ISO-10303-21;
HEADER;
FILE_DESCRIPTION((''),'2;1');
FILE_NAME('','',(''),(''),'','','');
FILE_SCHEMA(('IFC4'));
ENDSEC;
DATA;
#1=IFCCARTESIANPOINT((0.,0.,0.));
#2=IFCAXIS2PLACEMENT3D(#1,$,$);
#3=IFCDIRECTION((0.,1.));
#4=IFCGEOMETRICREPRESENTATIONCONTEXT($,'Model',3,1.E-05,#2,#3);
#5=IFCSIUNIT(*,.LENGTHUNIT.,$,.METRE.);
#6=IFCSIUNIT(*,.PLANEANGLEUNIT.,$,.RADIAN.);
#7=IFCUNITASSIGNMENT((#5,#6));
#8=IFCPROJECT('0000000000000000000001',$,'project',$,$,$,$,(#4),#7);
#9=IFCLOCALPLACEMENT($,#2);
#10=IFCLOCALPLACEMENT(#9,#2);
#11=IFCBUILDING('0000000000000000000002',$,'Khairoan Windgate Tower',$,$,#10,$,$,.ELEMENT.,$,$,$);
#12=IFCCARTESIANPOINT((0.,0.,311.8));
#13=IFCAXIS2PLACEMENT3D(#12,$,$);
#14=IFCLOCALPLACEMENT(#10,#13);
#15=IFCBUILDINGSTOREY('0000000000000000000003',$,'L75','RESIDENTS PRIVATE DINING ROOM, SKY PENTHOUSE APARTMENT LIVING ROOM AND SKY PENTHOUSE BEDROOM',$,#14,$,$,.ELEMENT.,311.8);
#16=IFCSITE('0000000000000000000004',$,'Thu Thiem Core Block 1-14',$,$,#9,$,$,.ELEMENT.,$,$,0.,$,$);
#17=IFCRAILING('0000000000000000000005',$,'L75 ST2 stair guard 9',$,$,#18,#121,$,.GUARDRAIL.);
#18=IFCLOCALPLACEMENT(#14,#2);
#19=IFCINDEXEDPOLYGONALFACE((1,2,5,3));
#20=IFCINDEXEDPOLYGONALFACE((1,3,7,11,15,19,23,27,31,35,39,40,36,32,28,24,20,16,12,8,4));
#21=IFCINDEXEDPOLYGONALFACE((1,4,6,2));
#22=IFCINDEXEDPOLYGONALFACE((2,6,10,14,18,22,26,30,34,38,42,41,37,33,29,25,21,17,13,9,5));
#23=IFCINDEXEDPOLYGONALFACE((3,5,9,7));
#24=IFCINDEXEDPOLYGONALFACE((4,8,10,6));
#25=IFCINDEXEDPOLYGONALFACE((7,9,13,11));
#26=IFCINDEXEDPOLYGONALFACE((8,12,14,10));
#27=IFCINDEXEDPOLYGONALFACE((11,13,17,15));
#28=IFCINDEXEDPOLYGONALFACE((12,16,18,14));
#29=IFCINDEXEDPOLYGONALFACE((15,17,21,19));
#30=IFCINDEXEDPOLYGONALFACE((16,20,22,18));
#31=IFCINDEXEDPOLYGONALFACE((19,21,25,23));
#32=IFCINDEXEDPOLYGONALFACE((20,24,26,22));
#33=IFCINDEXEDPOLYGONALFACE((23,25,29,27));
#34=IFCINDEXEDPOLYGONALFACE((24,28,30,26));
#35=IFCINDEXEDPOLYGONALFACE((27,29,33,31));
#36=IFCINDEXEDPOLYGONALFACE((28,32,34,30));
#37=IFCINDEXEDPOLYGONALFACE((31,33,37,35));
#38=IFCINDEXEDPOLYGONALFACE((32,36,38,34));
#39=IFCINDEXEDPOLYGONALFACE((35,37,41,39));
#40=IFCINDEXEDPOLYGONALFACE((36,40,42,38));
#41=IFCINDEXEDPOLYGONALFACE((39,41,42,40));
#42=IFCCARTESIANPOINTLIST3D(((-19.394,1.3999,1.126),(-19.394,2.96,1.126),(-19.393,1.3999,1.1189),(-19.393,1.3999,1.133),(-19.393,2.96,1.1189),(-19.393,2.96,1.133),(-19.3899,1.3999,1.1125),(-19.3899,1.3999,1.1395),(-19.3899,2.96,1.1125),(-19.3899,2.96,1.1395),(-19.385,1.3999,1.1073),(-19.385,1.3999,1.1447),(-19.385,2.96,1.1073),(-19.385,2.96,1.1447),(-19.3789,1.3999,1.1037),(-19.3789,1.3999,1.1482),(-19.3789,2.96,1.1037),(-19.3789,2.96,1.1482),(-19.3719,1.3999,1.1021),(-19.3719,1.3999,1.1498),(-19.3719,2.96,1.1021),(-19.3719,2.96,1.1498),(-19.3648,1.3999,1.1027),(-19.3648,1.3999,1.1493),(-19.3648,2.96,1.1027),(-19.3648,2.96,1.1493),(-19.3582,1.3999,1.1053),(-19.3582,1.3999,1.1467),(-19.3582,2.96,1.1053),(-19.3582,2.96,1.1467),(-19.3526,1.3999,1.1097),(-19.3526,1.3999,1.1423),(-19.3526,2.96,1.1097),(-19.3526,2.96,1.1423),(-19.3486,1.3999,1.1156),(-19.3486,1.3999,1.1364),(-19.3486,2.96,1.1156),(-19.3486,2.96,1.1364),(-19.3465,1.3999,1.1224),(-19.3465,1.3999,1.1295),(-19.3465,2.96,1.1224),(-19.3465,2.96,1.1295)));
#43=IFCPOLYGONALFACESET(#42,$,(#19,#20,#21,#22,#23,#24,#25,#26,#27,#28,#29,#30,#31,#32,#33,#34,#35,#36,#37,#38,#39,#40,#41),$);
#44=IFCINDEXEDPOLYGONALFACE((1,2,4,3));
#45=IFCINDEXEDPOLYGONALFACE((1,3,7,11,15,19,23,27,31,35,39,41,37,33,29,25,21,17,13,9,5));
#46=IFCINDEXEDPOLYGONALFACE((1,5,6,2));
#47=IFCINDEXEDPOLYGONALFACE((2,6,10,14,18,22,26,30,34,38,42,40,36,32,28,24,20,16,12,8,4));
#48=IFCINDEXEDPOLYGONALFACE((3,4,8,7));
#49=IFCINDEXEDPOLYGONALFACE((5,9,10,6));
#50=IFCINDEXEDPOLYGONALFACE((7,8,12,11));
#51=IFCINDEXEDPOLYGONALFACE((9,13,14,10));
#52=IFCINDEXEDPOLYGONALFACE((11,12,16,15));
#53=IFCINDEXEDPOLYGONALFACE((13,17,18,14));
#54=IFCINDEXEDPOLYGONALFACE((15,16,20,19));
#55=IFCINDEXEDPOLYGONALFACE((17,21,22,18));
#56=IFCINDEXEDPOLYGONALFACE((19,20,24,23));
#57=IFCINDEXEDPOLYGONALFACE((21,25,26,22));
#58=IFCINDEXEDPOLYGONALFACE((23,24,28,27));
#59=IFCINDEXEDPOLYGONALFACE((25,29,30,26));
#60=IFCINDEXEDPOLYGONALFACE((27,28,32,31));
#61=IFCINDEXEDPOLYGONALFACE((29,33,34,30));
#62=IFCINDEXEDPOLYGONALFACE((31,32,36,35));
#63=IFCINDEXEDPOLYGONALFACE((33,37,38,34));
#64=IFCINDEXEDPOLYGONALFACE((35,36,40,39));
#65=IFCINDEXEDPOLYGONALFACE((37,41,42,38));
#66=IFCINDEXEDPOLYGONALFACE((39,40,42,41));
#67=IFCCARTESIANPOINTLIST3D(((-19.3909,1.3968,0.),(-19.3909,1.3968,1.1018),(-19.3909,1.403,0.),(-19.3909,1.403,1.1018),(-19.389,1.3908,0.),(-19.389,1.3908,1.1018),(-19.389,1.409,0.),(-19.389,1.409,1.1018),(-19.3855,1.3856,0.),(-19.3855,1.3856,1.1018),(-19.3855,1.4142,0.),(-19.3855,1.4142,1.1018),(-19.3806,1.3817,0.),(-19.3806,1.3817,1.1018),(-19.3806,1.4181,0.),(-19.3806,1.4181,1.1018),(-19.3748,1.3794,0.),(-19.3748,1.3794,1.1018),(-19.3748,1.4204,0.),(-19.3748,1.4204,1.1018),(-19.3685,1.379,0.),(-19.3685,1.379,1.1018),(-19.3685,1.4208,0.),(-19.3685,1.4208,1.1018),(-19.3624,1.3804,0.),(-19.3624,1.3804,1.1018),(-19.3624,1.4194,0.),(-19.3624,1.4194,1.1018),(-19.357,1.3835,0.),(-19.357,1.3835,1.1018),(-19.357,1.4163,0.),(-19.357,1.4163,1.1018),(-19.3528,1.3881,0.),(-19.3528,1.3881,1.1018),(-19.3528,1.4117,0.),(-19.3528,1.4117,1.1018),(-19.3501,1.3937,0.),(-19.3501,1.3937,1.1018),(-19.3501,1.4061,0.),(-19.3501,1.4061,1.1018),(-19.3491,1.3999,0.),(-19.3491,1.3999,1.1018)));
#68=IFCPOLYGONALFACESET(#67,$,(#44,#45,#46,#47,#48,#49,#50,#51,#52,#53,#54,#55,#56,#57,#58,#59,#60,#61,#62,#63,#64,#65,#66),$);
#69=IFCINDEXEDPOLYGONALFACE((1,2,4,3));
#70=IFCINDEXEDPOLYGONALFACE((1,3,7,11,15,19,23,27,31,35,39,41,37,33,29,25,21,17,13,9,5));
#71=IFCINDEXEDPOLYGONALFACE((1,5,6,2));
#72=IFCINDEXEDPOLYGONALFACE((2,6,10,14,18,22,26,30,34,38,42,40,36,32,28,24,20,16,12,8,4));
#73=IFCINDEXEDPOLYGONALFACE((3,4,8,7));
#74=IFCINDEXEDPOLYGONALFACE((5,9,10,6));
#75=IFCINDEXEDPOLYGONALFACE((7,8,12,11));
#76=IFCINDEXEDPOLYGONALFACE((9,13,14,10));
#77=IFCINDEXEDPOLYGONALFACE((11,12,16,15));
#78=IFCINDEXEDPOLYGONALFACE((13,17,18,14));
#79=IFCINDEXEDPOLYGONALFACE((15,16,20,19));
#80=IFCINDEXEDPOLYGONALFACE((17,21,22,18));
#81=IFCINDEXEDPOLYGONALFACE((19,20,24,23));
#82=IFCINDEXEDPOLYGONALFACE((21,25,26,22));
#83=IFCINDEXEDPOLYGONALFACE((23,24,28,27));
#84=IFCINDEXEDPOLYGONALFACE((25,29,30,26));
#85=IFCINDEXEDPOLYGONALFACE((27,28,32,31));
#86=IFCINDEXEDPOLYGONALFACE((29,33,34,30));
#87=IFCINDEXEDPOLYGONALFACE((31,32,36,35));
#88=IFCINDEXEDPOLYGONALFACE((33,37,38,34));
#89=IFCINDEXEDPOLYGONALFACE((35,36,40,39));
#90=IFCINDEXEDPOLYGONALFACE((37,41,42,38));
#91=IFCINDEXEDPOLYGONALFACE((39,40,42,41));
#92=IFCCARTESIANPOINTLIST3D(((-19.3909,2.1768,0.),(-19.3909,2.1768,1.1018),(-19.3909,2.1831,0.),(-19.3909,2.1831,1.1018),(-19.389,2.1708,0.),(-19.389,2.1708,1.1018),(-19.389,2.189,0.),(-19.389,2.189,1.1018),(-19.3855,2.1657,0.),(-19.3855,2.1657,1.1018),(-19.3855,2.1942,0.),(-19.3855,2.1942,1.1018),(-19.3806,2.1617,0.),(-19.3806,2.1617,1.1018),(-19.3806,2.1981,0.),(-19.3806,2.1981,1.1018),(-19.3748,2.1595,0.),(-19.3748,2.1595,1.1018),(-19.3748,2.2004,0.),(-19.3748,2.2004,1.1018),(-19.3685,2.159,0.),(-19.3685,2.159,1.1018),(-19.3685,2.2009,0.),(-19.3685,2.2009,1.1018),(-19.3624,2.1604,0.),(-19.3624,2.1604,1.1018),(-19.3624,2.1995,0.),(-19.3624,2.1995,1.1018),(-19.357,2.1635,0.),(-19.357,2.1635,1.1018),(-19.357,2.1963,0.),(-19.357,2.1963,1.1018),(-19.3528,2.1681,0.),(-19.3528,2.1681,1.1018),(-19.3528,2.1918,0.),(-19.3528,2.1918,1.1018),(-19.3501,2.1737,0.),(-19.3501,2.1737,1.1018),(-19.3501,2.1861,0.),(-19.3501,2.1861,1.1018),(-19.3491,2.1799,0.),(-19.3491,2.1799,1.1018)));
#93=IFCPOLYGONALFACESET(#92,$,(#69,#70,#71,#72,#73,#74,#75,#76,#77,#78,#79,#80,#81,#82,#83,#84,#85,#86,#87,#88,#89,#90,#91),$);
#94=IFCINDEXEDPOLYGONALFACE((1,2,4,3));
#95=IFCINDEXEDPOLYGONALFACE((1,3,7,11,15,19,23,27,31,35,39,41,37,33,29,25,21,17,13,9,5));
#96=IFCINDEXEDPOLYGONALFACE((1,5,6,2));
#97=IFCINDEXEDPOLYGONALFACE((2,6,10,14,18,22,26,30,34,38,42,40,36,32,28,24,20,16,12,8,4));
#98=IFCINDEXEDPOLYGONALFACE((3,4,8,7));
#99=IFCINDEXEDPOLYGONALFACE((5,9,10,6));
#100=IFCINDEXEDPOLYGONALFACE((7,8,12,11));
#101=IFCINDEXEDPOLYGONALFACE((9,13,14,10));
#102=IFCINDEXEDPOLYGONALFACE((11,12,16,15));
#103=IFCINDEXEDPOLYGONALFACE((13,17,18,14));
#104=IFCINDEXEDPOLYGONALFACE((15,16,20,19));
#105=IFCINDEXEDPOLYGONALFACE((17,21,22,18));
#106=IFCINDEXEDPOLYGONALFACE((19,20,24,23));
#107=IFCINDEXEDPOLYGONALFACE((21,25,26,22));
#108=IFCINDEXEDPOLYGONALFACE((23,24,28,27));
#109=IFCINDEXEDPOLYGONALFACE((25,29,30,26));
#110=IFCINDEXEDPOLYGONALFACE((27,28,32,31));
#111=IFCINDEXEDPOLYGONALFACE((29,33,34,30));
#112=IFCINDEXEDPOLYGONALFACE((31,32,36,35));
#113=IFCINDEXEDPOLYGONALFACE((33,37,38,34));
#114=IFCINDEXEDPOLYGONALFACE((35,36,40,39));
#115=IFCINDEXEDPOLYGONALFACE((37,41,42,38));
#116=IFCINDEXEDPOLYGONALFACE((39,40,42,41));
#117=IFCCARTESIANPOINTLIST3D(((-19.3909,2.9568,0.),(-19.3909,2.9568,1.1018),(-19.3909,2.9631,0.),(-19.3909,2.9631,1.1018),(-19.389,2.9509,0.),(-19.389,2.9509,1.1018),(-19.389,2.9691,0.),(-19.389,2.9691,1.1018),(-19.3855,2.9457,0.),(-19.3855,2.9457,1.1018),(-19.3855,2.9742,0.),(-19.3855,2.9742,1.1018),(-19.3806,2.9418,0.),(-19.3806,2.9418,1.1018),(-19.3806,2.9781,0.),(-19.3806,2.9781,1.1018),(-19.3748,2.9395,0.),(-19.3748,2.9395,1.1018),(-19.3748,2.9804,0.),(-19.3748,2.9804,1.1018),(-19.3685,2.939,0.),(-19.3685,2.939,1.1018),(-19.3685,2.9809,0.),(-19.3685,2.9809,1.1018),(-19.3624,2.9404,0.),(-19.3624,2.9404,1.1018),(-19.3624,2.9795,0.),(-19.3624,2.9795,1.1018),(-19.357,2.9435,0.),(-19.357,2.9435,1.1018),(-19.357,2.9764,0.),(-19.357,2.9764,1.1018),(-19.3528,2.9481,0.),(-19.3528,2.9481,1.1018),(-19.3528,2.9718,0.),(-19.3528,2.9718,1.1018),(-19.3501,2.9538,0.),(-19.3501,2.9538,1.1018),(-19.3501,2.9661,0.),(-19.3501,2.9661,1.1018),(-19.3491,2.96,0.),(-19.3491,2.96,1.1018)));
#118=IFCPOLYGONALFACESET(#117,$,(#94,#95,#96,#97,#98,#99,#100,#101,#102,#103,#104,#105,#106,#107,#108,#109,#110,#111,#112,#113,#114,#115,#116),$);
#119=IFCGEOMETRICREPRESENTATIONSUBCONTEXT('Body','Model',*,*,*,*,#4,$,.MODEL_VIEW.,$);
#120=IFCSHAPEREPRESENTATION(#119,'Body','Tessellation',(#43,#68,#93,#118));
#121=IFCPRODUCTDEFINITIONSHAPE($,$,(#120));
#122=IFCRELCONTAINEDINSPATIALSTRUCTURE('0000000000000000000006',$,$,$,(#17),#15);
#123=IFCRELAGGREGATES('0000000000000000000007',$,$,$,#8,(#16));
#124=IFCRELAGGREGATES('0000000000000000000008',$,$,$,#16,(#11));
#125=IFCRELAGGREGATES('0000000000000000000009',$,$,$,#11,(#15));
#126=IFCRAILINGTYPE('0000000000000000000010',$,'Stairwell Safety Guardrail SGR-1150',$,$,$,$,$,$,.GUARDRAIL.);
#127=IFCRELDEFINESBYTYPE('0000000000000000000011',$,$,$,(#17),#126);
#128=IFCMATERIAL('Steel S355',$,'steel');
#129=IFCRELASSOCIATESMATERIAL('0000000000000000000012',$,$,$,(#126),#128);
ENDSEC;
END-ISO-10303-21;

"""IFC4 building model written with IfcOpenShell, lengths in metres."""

from ifc_helpers import new_model, si_unit, direction, frame, origin, origin_2d, place, context, subcontext, project, spatial, circle, extrude, material, type_object, element, save


model = new_model("IFC4")

# Units and contexts
model_context = context("Model", 3, precision=1e-05, world=origin(), true_north=direction((0.0, 1.0)))
body_context = subcontext(model_context, "Body", "Model", "MODEL_VIEW")
ifc_project = project(units=[si_unit("LENGTHUNIT", "METRE"), si_unit("PLANEANGLEUNIT", "RADIAN")], contexts=[model_context])

# Site, building, storey
site_placement = place(None, origin())
site = spatial("IfcSite", under=ifc_project, at=site_placement, Name="Thu Thiem Core Block 1-14", CompositionType="ELEMENT", RefElevation=0.0)
building_placement = place(site_placement, origin())
building = spatial("IfcBuilding", under=site, at=building_placement, Name="Khairoan Windgate Tower", CompositionType="ELEMENT")
storey_placement = place(building_placement, frame((0.0, 0.0, 311.8)))
storey = spatial("IfcBuildingStorey", under=building, at=storey_placement, Name="L75", Description="RESIDENTS PRIVATE DINING ROOM, SKY PENTHOUSE APARTMENT LIVING ROOM AND SKY PENTHOUSE BEDROOM", CompositionType="ELEMENT", Elevation=311.8)

# Railing
ifc_material_1 = material(Name="Steel S355", Category="steel")
railing_type = type_object("IfcRailingType", Name="Stairwell Safety Guardrail SGR-1150", PredefinedType="GUARDRAIL", material=ifc_material_1)
railing_placement = place(storey_placement, frame((-19.3701, 1.3999, 0.0)))
element("IfcRailing", 1, at=railing_placement, inside=storey, type_object=railing_type, Name="L75 ST2 stair guard 9", PredefinedType="GUARDRAIL", context=body_context, shape_type="SweptSolid", body=[
    extrude(circle(Radius=0.0239, at=origin_2d()), frame((0.0, 0.0, 1.126), z_axis=(0.0, 1.0, 0.0), x_axis=(-1.0, 0.0, 0.0)), (0.0, 0.0, 1.0), 1.5601),
    extrude(circle(Radius=0.021, at=origin_2d()), origin(), (0.0, 0.0, 1.0), 1.1018),
    extrude(circle(Radius=0.021, at=origin_2d()), frame((0.0, 0.78, 0.0)), (0.0, 0.0, 1.0), 1.1018),
    extrude(circle(Radius=0.021, at=origin_2d()), frame((0.0, 1.5601, 0.0)), (0.0, 0.0, 1.0), 1.1018),
])

save(model, "model.ifc")
